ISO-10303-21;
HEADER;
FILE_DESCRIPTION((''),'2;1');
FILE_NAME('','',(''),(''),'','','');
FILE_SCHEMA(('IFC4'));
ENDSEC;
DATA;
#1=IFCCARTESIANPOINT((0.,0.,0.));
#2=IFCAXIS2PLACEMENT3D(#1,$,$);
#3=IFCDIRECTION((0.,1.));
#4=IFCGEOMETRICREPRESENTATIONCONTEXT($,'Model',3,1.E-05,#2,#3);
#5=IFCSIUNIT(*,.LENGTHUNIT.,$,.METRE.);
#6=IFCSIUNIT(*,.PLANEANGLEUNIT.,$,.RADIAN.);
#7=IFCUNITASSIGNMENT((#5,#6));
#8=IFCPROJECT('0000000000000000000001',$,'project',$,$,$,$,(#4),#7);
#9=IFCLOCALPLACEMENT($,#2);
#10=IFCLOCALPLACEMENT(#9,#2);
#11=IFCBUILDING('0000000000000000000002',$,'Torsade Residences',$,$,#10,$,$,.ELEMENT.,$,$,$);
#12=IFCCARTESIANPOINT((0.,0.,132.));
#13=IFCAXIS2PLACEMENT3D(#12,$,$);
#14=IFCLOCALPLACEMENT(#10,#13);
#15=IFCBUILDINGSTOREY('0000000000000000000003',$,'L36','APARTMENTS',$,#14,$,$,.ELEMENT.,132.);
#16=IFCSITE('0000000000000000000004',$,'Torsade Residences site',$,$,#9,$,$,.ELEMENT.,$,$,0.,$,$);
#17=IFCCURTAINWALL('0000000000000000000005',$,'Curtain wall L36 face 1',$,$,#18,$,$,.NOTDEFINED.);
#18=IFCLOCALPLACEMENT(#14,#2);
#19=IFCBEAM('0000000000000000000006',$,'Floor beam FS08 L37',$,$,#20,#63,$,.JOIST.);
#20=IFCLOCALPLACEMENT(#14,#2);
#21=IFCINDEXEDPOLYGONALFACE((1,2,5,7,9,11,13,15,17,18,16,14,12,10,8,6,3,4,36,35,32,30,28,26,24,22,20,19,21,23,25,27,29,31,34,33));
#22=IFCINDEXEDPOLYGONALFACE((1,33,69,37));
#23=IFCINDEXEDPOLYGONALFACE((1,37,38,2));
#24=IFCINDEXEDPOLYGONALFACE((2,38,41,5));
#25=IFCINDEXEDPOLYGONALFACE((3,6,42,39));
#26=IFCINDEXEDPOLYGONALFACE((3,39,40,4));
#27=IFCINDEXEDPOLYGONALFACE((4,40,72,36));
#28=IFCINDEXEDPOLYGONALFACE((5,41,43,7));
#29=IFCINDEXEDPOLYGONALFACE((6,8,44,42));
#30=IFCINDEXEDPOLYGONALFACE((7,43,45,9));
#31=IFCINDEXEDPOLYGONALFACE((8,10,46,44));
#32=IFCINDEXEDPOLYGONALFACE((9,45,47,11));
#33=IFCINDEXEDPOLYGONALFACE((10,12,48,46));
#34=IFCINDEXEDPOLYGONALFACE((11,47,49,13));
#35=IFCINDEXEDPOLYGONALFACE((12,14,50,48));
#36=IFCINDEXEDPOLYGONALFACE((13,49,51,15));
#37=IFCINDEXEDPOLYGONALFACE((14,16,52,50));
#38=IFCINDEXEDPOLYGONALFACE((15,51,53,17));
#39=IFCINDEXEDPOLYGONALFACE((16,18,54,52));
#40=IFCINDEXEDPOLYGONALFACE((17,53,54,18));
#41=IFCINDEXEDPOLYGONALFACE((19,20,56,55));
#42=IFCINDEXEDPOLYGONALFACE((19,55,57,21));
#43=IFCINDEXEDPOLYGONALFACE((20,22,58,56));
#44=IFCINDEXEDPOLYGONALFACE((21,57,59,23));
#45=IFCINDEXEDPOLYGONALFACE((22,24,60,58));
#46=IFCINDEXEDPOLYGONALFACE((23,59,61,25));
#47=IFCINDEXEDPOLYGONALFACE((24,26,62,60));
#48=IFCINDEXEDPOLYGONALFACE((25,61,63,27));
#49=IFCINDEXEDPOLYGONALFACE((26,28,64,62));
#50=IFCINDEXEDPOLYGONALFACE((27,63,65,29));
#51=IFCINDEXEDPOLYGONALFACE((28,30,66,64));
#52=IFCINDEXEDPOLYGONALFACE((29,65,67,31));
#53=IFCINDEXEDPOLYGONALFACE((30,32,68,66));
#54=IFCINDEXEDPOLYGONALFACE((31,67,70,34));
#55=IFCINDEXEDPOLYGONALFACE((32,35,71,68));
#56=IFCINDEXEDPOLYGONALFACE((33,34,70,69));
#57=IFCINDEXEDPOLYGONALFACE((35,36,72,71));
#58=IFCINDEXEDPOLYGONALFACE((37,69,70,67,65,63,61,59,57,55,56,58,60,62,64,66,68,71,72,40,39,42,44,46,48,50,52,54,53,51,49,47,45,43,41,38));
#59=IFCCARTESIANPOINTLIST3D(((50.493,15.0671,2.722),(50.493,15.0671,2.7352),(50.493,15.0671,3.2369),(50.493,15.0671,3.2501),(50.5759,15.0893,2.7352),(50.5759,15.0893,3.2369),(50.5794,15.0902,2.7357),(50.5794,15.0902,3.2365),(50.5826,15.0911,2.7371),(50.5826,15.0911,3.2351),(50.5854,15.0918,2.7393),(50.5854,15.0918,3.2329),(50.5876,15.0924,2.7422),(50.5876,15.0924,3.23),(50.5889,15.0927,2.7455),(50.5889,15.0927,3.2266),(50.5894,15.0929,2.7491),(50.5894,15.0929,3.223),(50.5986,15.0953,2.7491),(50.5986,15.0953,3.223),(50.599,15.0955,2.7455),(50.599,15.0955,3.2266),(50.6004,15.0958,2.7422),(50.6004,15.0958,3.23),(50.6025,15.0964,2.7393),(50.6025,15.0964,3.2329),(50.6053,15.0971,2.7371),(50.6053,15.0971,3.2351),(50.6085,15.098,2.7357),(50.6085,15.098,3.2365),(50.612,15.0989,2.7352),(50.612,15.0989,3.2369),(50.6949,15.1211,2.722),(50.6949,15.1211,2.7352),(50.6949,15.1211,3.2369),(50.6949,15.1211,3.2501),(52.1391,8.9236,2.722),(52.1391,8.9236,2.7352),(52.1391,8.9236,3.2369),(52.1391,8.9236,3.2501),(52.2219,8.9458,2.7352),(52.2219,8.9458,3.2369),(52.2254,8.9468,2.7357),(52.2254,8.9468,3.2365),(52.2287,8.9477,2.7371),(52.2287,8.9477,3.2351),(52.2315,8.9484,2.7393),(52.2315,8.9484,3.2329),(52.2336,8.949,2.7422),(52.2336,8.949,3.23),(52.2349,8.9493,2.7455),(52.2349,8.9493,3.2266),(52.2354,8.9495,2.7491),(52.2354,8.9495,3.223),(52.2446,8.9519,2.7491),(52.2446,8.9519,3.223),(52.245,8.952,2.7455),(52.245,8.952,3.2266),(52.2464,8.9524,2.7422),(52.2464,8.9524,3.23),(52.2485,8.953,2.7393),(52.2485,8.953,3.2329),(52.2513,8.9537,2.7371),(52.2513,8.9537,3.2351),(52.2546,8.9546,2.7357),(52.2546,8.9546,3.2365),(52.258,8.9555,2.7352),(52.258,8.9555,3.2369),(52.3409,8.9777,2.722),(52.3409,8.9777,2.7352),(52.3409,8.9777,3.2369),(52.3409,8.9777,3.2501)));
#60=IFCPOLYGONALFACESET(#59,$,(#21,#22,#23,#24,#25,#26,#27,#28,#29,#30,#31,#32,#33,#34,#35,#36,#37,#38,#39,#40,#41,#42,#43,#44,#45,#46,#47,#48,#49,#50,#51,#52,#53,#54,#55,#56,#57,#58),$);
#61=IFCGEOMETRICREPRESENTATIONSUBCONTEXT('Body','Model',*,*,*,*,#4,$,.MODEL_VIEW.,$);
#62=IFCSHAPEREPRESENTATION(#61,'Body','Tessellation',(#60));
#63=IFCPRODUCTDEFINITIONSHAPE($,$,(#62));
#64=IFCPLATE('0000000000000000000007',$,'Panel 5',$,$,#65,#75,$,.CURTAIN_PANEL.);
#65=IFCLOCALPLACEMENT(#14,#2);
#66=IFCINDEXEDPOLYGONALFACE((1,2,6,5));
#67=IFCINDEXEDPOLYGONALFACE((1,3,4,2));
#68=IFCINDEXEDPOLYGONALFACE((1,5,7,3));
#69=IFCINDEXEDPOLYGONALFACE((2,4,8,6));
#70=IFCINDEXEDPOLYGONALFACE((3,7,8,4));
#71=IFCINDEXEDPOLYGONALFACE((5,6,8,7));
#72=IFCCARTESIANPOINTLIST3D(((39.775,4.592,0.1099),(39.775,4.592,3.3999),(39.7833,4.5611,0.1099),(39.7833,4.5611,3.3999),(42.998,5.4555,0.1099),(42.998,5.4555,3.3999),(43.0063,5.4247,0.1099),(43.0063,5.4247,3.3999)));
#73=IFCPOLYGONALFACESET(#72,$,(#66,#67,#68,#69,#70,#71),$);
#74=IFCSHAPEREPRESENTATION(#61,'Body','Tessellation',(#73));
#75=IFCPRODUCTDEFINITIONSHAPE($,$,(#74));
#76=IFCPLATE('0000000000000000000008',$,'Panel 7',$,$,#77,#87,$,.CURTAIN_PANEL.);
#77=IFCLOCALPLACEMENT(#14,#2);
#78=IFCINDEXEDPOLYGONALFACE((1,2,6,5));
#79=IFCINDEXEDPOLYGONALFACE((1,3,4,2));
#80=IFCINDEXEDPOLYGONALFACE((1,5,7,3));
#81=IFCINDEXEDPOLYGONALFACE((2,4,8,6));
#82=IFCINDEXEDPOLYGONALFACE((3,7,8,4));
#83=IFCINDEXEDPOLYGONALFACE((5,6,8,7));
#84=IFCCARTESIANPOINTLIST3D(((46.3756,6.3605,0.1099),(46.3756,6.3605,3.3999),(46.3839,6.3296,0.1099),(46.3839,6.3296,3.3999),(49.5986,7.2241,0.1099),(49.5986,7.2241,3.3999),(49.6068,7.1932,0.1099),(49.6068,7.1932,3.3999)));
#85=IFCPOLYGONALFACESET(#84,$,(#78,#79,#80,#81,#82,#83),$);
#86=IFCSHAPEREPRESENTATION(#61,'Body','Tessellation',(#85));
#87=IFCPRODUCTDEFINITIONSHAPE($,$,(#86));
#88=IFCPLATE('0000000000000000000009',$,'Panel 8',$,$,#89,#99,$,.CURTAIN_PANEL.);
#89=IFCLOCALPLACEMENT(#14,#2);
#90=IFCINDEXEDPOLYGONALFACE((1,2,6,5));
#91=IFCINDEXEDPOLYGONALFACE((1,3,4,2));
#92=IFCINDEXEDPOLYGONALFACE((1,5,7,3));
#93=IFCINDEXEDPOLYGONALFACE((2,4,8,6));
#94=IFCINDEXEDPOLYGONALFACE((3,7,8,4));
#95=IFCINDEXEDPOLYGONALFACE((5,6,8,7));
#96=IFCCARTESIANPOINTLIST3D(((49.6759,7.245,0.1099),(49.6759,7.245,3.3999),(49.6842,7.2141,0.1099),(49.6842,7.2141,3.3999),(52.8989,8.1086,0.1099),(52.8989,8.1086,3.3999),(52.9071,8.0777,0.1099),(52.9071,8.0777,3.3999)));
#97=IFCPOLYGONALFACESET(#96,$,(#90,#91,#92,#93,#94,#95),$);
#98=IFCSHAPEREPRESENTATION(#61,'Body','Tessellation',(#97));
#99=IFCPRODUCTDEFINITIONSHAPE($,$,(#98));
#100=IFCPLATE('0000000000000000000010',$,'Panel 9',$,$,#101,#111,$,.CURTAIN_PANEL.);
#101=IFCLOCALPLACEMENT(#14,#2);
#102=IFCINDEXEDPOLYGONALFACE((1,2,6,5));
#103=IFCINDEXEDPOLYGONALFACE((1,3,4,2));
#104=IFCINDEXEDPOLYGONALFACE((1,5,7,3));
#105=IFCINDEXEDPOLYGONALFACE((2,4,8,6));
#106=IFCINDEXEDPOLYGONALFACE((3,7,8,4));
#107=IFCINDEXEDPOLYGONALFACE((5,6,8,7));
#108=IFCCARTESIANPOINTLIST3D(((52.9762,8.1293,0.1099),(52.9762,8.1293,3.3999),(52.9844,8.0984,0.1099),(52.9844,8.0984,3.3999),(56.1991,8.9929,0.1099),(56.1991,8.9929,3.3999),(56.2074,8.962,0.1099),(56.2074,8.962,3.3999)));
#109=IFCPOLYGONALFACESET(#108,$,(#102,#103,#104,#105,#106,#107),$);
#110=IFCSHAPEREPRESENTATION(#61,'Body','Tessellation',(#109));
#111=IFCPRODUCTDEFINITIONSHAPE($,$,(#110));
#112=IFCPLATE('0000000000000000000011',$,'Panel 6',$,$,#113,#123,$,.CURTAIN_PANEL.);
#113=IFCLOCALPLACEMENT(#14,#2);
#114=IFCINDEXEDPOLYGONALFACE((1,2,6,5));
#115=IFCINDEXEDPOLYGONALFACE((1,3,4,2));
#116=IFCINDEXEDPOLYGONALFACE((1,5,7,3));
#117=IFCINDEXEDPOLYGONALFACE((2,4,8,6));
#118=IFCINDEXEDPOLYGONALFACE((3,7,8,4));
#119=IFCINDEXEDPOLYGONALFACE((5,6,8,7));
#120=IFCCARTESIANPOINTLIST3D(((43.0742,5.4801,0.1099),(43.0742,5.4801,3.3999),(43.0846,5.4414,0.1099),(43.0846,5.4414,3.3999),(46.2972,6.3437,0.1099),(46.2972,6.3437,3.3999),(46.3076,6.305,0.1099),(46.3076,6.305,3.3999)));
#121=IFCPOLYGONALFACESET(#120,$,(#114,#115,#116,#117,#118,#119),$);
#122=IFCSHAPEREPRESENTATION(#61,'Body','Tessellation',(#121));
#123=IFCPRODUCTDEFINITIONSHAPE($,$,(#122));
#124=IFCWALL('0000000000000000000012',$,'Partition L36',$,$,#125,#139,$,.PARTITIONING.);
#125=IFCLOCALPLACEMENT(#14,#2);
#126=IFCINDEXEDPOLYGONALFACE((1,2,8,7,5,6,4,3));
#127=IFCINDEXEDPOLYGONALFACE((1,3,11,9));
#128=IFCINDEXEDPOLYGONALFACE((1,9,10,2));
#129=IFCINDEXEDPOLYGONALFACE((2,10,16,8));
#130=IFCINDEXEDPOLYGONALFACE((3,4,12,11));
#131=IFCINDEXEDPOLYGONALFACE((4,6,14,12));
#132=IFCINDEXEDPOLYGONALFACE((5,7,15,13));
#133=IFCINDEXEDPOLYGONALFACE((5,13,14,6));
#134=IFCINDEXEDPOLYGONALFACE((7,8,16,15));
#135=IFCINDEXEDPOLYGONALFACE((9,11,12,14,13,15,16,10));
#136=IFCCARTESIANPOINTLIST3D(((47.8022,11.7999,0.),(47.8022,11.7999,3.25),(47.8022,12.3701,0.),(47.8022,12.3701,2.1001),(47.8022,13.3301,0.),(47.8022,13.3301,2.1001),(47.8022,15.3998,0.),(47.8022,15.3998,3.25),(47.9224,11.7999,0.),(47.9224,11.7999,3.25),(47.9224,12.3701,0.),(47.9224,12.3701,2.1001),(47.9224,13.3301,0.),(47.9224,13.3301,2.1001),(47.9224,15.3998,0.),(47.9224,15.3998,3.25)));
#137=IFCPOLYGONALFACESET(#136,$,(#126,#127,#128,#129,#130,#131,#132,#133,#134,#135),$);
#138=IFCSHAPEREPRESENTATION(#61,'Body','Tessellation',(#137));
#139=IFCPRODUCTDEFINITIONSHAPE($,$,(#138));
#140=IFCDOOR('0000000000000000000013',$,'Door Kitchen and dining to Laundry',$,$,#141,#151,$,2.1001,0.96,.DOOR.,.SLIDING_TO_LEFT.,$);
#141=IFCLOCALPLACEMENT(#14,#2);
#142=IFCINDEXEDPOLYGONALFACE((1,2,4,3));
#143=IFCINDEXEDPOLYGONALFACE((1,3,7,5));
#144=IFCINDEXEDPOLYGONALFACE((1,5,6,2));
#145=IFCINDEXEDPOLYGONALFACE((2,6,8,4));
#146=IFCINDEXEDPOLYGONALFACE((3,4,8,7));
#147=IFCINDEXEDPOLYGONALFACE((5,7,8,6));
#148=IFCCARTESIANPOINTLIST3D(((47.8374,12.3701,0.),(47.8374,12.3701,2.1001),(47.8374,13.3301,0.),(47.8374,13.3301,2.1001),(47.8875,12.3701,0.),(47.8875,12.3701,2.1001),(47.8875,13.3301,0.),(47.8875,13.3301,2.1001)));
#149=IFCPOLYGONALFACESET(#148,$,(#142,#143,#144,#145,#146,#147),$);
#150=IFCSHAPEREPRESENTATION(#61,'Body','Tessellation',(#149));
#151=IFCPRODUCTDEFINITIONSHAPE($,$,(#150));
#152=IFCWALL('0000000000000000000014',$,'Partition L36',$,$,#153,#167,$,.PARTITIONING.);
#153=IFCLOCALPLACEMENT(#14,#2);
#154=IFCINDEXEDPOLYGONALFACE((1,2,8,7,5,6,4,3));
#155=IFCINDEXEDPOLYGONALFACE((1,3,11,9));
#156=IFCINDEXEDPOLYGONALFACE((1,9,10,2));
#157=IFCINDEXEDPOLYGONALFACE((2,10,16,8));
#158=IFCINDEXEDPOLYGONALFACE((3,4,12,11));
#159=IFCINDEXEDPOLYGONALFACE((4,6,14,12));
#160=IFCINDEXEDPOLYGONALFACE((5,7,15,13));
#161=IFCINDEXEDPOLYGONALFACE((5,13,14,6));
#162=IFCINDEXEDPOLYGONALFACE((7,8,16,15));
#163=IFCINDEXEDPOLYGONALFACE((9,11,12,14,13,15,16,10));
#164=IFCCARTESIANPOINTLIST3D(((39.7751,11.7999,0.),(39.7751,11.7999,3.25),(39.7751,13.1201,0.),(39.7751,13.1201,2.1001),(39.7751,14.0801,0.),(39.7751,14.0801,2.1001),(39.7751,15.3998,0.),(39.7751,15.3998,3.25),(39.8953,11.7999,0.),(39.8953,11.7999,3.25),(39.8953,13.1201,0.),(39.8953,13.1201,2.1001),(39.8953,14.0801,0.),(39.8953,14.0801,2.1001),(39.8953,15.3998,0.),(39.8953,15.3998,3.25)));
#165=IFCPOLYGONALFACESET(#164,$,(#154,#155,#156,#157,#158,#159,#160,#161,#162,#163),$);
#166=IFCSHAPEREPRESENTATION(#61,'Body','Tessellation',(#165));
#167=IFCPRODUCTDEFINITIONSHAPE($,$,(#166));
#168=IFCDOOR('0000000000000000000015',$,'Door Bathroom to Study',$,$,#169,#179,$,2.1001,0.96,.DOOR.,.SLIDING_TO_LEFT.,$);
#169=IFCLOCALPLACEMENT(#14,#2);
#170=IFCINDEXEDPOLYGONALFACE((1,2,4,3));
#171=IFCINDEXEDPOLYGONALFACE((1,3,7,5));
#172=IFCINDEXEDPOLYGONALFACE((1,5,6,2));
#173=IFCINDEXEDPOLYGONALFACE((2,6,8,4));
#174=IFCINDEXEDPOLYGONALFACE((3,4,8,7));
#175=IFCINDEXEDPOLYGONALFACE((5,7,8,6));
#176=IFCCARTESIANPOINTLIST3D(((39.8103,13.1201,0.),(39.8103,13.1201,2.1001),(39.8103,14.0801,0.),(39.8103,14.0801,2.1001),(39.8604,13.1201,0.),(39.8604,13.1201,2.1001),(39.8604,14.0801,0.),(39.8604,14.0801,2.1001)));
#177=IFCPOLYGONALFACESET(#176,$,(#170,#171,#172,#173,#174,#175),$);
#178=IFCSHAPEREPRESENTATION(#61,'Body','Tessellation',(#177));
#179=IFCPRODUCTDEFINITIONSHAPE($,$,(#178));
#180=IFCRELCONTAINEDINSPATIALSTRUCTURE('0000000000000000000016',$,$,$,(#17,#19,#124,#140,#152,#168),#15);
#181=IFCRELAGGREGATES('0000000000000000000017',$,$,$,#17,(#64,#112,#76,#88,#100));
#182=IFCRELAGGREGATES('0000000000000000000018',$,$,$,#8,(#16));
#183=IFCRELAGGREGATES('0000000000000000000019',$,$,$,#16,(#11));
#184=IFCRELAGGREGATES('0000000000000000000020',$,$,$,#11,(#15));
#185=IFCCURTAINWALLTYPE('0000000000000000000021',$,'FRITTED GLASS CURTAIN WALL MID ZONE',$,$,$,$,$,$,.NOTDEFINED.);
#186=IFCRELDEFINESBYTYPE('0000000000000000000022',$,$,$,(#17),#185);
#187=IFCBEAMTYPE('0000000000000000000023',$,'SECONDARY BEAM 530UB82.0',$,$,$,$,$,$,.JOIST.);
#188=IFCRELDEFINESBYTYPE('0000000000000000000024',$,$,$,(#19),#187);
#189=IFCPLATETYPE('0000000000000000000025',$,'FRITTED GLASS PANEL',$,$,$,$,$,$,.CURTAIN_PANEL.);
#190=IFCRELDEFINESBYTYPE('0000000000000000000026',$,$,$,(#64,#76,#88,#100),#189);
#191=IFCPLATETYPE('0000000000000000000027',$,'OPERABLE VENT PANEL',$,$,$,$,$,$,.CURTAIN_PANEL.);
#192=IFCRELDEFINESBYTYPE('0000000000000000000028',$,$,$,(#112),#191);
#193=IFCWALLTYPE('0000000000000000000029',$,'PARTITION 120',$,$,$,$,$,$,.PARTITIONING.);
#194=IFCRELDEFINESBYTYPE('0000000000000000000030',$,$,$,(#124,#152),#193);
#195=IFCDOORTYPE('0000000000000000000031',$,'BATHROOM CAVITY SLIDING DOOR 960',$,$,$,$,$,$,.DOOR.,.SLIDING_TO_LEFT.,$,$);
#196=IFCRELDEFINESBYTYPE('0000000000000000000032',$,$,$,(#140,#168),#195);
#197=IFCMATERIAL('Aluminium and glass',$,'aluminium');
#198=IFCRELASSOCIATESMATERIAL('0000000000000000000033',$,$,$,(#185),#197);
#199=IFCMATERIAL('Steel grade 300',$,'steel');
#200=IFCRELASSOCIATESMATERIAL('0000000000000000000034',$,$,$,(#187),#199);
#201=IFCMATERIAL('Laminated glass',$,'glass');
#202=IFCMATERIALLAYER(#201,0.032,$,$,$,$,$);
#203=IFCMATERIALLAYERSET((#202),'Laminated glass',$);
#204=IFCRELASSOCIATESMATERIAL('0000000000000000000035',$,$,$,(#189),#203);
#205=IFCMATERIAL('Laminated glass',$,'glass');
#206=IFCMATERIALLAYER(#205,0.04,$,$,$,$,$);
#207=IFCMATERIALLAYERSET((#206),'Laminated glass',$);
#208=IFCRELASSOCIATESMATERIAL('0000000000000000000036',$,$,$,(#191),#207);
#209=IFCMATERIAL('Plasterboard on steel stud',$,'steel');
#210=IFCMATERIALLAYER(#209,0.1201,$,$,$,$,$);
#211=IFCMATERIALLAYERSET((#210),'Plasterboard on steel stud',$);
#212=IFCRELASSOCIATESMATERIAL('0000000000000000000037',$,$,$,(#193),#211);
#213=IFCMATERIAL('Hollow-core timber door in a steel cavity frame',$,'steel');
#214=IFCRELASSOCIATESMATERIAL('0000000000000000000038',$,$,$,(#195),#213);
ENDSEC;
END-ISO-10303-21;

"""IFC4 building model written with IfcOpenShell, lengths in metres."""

from ifc_helpers import new_model, si_unit, direction, frame, frame_2d, origin, origin_2d, place, context, subcontext, project, spatial, rectangle, i_section, extrude, material, layer, layer_set, material_profile, profile_set, type_object, element, fill, aggregate, save


model = new_model("IFC4")

# Units and contexts
model_context = context("Model", 3, precision=1e-05, world=origin(), true_north=direction((0.0, 1.0)))
body_context = subcontext(model_context, "Body", "Model", "MODEL_VIEW")
ifc_project = project(units=[si_unit("LENGTHUNIT", "METRE"), si_unit("PLANEANGLEUNIT", "RADIAN")], contexts=[model_context])

# Site, building, storey
site_placement = place(None, origin())
site = spatial("IfcSite", under=ifc_project, at=site_placement, Name="Torsade Residences site", CompositionType="ELEMENT", RefElevation=0.0)
building_placement = place(site_placement, origin())
building = spatial("IfcBuilding", under=site, at=building_placement, Name="Torsade Residences", CompositionType="ELEMENT")
storey_placement = place(building_placement, frame((0.0, 0.0, 132.0)))
storey = spatial("IfcBuildingStorey", under=building, at=storey_placement, Name="L36", Description="APARTMENTS", CompositionType="ELEMENT", Elevation=132.0)

# Curtain wall
ifc_material_1 = material(Name="Aluminium and glass", Category="aluminium")
curtain_wall_type = type_object("IfcCurtainWallType", Name="FRITTED GLASS CURTAIN WALL MID ZONE", PredefinedType="NOTDEFINED", material=ifc_material_1)
curtain_wall_placement = place(storey_placement, origin())
curtain_wall = element("IfcCurtainWall", 1, at=curtain_wall_placement, inside=storey, type_object=curtain_wall_type, Name="Curtain wall L36 face 1", PredefinedType="NOTDEFINED")

# Beam
ifc_material_2 = material(Name="Steel grade 300", Category="steel")
ifc_material_profile_1 = material_profile(ifc_material_2, i_section(OverallWidth=0.209, OverallDepth=0.5281, WebThickness=0.0095, FlangeThickness=0.0132, FilletRadius=0.0139, at=origin_2d()), Name="530UB82.0")
ifc_profile_set_1 = profile_set([ifc_material_profile_1], Name="Steel grade 300")
beam_type_1 = type_object("IfcBeamType", Name="SECONDARY BEAM 530UB82.0", PredefinedType="JOIST", material=ifc_profile_set_1)
beam_1_placement = place(storey_placement, frame((52.24, 8.9507, 2.9861), z_axis=(-0.258805, 0.96593, 0.0), x_axis=(-0.96593, -0.258805, 0.0)))
element("IfcBeam", 2, at=beam_1_placement, inside=storey, type_object=beam_type_1, Name="Floor beam FS08 L37", PredefinedType="JOIST", context=body_context, shape_type="SweptSolid", body=[
    extrude(i_section(OverallWidth=0.209, OverallDepth=0.5281, WebThickness=0.0095, FlangeThickness=0.0132, FilletRadius=0.0139, at=origin_2d()), origin(), (0.0, 0.0, 1.0), 6.3601),
])

# Plates
ifc_material_3 = material(Name="Laminated glass", Category="glass")
ifc_layer_1 = layer(ifc_material_3, 0.032)
ifc_layer_set_1 = layer_set([ifc_layer_1], Name="Laminated glass")
plate_type_1 = type_object("IfcPlateType", Name="FRITTED GLASS PANEL", PredefinedType="CURTAIN_PANEL", material=ifc_layer_set_1)
plate_1_placement = place(storey_placement, frame((41.3906, 5.0083, 0.1099), z_axis=(0.0, 0.0, 1.0), x_axis=(0.965926, 0.258819, 0.0)))
plate_1 = element("IfcPlate", 3, at=plate_1_placement, type_object=plate_type_1, Name="Panel 5", PredefinedType="CURTAIN_PANEL", context=body_context, shape_type="SweptSolid", body=[
    extrude(rectangle(XDim=3.3367, YDim=0.032, at=origin_2d()), origin(), (0.0, 0.0, 1.0), 3.29),
])
plate_2_placement = place(storey_placement, frame((47.9912, 6.7769, 0.1099), z_axis=(0.0, 0.0, 1.0), x_axis=(0.965926, 0.258819, 0.0)))
plate_2 = element("IfcPlate", 4, at=plate_2_placement, type_object=plate_type_1, Name="Panel 7", PredefinedType="CURTAIN_PANEL", context=body_context, shape_type="SweptSolid", body=[
    extrude(rectangle(XDim=3.3367, YDim=0.032, at=origin_2d()), origin(), (0.0, 0.0, 1.0), 3.29),
])
plate_3_placement = place(storey_placement, frame((51.2915, 7.6614, 0.1099), z_axis=(0.0, 0.0, 1.0), x_axis=(0.965926, 0.258819, 0.0)))
plate_3 = element("IfcPlate", 5, at=plate_3_placement, type_object=plate_type_1, Name="Panel 8", PredefinedType="CURTAIN_PANEL", context=body_context, shape_type="SweptSolid", body=[
    extrude(rectangle(XDim=3.3367, YDim=0.032, at=origin_2d()), origin(), (0.0, 0.0, 1.0), 3.29),
])
plate_4_placement = place(storey_placement, frame((54.5918, 8.5457, 0.1099), z_axis=(0.0, 0.0, 1.0), x_axis=(0.965926, 0.258819, 0.0)))
plate_4 = element("IfcPlate", 6, at=plate_4_placement, type_object=plate_type_1, Name="Panel 9", PredefinedType="CURTAIN_PANEL", context=body_context, shape_type="SweptSolid", body=[
    extrude(rectangle(XDim=3.3367, YDim=0.032, at=origin_2d()), origin(), (0.0, 0.0, 1.0), 3.29),
])
ifc_material_4 = material(Name="Laminated glass", Category="glass")
ifc_layer_2 = layer(ifc_material_4, 0.04)
ifc_layer_set_2 = layer_set([ifc_layer_2], Name="Laminated glass")
plate_type_2 = type_object("IfcPlateType", Name="OPERABLE VENT PANEL", PredefinedType="CURTAIN_PANEL", material=ifc_layer_set_2)
plate_5_placement = place(storey_placement, frame((44.6909, 5.8926, 0.1099), z_axis=(0.0, 0.0, 1.0), x_axis=(0.965926, 0.258819, 0.0)))
plate_5 = element("IfcPlate", 7, at=plate_5_placement, type_object=plate_type_2, Name="Panel 6", PredefinedType="CURTAIN_PANEL", context=body_context, shape_type="SweptSolid", body=[
    extrude(rectangle(XDim=3.3367, YDim=0.04, at=origin_2d()), origin(), (0.0, 0.0, 1.0), 3.29),
])
aggregate(curtain_wall, [plate_1, plate_5, plate_2, plate_3, plate_4])

# Walls, openings, doors
ifc_material_5 = material(Name="Plasterboard on steel stud", Category="steel")
ifc_layer_3 = layer(ifc_material_5, 0.1201)
ifc_layer_set_3 = layer_set([ifc_layer_3], Name="Plasterboard on steel stud")
wall_type = type_object("IfcWallType", Name="PARTITION 120", PredefinedType="PARTITIONING", material=ifc_layer_set_3)
wall_1_placement = place(storey_placement, frame((47.8623, 11.8, 0.0), z_axis=(0.0, 0.0, 1.0), x_axis=(0.0, 1.0, 0.0)))
wall_1 = element("IfcWall", 8, at=wall_1_placement, inside=storey, type_object=wall_type, Name="Partition L36", PredefinedType="PARTITIONING", context=body_context, shape_type="SweptSolid", body=[
    extrude(rectangle(XDim=3.5999, YDim=0.1201, at=frame_2d((1.7998, 0.0))), origin(), (0.0, 0.0, 1.0), 3.25),
])
opening_1_placement = place(wall_1_placement, frame((0.5701, 0.0, 0.0)))
opening_1 = element("IfcOpeningElement", 9, at=opening_1_placement, cuts=wall_1, PredefinedType="OPENING", context=body_context, shape_type="SweptSolid", body=[
    extrude(rectangle(XDim=0.96, YDim=2.1001, at=frame_2d((0.48, 1.05))), frame((0.0, 0.0701, 0.0), z_axis=(0.0, -1.0, 0.0), x_axis=(1.0, 0.0, 0.0)), (0.0, 0.0, 1.0), 0.1401),
])
ifc_material_6 = material(Name="Hollow-core timber door in a steel cavity frame", Category="steel")
door_type_1 = type_object("IfcDoorType", Name="BATHROOM CAVITY SLIDING DOOR 960", OperationType="SLIDING_TO_LEFT", PredefinedType="DOOR", material=ifc_material_6)
door_1_placement = place(opening_1_placement, origin())
door_1 = element("IfcDoor", 10, at=door_1_placement, inside=storey, type_object=door_type_1, Name="Door Kitchen and dining to Laundry", OperationType="SLIDING_TO_LEFT", OverallHeight=2.1001, OverallWidth=0.96, PredefinedType="DOOR", context=body_context, shape_type="SweptSolid", body=[
    extrude(rectangle(XDim=0.96, YDim=2.1001, at=frame_2d((0.48, 1.05))), frame((0.0, 0.0249, 0.0), z_axis=(0.0, -1.0, 0.0), x_axis=(1.0, 0.0, 0.0)), (0.0, 0.0, 1.0), 0.05),
])
fill(opening_1, door_1)
wall_2_placement = place(storey_placement, frame((39.8352, 11.8, 0.0), z_axis=(0.0, 0.0, 1.0), x_axis=(0.0, 1.0, 0.0)))
wall_2 = element("IfcWall", 11, at=wall_2_placement, inside=storey, type_object=wall_type, Name="Partition L36", PredefinedType="PARTITIONING", context=body_context, shape_type="SweptSolid", body=[
    extrude(rectangle(XDim=3.5999, YDim=0.1201, at=frame_2d((1.7998, 0.0))), origin(), (0.0, 0.0, 1.0), 3.25),
])
opening_2_placement = place(wall_2_placement, frame((1.3201, 0.0, 0.0)))
opening_2 = element("IfcOpeningElement", 12, at=opening_2_placement, cuts=wall_2, PredefinedType="OPENING", context=body_context, shape_type="SweptSolid", body=[
    extrude(rectangle(XDim=0.96, YDim=2.1001, at=frame_2d((0.48, 1.05))), frame((0.0, 0.0701, 0.0), z_axis=(0.0, -1.0, 0.0), x_axis=(1.0, 0.0, 0.0)), (0.0, 0.0, 1.0), 0.1401),
])
door_2_placement = place(opening_2_placement, origin())
door_2 = element("IfcDoor", 13, at=door_2_placement, inside=storey, type_object=door_type_1, Name="Door Bathroom to Study", OperationType="SLIDING_TO_LEFT", OverallHeight=2.1001, OverallWidth=0.96, PredefinedType="DOOR", context=body_context, shape_type="SweptSolid", body=[
    extrude(rectangle(XDim=0.96, YDim=2.1001, at=frame_2d((0.48, 1.05))), frame((0.0, 0.0249, 0.0), z_axis=(0.0, -1.0, 0.0), x_axis=(1.0, 0.0, 0.0)), (0.0, 0.0, 1.0), 0.05),
])
fill(opening_2, door_2)

save(model, "model.ifc")
